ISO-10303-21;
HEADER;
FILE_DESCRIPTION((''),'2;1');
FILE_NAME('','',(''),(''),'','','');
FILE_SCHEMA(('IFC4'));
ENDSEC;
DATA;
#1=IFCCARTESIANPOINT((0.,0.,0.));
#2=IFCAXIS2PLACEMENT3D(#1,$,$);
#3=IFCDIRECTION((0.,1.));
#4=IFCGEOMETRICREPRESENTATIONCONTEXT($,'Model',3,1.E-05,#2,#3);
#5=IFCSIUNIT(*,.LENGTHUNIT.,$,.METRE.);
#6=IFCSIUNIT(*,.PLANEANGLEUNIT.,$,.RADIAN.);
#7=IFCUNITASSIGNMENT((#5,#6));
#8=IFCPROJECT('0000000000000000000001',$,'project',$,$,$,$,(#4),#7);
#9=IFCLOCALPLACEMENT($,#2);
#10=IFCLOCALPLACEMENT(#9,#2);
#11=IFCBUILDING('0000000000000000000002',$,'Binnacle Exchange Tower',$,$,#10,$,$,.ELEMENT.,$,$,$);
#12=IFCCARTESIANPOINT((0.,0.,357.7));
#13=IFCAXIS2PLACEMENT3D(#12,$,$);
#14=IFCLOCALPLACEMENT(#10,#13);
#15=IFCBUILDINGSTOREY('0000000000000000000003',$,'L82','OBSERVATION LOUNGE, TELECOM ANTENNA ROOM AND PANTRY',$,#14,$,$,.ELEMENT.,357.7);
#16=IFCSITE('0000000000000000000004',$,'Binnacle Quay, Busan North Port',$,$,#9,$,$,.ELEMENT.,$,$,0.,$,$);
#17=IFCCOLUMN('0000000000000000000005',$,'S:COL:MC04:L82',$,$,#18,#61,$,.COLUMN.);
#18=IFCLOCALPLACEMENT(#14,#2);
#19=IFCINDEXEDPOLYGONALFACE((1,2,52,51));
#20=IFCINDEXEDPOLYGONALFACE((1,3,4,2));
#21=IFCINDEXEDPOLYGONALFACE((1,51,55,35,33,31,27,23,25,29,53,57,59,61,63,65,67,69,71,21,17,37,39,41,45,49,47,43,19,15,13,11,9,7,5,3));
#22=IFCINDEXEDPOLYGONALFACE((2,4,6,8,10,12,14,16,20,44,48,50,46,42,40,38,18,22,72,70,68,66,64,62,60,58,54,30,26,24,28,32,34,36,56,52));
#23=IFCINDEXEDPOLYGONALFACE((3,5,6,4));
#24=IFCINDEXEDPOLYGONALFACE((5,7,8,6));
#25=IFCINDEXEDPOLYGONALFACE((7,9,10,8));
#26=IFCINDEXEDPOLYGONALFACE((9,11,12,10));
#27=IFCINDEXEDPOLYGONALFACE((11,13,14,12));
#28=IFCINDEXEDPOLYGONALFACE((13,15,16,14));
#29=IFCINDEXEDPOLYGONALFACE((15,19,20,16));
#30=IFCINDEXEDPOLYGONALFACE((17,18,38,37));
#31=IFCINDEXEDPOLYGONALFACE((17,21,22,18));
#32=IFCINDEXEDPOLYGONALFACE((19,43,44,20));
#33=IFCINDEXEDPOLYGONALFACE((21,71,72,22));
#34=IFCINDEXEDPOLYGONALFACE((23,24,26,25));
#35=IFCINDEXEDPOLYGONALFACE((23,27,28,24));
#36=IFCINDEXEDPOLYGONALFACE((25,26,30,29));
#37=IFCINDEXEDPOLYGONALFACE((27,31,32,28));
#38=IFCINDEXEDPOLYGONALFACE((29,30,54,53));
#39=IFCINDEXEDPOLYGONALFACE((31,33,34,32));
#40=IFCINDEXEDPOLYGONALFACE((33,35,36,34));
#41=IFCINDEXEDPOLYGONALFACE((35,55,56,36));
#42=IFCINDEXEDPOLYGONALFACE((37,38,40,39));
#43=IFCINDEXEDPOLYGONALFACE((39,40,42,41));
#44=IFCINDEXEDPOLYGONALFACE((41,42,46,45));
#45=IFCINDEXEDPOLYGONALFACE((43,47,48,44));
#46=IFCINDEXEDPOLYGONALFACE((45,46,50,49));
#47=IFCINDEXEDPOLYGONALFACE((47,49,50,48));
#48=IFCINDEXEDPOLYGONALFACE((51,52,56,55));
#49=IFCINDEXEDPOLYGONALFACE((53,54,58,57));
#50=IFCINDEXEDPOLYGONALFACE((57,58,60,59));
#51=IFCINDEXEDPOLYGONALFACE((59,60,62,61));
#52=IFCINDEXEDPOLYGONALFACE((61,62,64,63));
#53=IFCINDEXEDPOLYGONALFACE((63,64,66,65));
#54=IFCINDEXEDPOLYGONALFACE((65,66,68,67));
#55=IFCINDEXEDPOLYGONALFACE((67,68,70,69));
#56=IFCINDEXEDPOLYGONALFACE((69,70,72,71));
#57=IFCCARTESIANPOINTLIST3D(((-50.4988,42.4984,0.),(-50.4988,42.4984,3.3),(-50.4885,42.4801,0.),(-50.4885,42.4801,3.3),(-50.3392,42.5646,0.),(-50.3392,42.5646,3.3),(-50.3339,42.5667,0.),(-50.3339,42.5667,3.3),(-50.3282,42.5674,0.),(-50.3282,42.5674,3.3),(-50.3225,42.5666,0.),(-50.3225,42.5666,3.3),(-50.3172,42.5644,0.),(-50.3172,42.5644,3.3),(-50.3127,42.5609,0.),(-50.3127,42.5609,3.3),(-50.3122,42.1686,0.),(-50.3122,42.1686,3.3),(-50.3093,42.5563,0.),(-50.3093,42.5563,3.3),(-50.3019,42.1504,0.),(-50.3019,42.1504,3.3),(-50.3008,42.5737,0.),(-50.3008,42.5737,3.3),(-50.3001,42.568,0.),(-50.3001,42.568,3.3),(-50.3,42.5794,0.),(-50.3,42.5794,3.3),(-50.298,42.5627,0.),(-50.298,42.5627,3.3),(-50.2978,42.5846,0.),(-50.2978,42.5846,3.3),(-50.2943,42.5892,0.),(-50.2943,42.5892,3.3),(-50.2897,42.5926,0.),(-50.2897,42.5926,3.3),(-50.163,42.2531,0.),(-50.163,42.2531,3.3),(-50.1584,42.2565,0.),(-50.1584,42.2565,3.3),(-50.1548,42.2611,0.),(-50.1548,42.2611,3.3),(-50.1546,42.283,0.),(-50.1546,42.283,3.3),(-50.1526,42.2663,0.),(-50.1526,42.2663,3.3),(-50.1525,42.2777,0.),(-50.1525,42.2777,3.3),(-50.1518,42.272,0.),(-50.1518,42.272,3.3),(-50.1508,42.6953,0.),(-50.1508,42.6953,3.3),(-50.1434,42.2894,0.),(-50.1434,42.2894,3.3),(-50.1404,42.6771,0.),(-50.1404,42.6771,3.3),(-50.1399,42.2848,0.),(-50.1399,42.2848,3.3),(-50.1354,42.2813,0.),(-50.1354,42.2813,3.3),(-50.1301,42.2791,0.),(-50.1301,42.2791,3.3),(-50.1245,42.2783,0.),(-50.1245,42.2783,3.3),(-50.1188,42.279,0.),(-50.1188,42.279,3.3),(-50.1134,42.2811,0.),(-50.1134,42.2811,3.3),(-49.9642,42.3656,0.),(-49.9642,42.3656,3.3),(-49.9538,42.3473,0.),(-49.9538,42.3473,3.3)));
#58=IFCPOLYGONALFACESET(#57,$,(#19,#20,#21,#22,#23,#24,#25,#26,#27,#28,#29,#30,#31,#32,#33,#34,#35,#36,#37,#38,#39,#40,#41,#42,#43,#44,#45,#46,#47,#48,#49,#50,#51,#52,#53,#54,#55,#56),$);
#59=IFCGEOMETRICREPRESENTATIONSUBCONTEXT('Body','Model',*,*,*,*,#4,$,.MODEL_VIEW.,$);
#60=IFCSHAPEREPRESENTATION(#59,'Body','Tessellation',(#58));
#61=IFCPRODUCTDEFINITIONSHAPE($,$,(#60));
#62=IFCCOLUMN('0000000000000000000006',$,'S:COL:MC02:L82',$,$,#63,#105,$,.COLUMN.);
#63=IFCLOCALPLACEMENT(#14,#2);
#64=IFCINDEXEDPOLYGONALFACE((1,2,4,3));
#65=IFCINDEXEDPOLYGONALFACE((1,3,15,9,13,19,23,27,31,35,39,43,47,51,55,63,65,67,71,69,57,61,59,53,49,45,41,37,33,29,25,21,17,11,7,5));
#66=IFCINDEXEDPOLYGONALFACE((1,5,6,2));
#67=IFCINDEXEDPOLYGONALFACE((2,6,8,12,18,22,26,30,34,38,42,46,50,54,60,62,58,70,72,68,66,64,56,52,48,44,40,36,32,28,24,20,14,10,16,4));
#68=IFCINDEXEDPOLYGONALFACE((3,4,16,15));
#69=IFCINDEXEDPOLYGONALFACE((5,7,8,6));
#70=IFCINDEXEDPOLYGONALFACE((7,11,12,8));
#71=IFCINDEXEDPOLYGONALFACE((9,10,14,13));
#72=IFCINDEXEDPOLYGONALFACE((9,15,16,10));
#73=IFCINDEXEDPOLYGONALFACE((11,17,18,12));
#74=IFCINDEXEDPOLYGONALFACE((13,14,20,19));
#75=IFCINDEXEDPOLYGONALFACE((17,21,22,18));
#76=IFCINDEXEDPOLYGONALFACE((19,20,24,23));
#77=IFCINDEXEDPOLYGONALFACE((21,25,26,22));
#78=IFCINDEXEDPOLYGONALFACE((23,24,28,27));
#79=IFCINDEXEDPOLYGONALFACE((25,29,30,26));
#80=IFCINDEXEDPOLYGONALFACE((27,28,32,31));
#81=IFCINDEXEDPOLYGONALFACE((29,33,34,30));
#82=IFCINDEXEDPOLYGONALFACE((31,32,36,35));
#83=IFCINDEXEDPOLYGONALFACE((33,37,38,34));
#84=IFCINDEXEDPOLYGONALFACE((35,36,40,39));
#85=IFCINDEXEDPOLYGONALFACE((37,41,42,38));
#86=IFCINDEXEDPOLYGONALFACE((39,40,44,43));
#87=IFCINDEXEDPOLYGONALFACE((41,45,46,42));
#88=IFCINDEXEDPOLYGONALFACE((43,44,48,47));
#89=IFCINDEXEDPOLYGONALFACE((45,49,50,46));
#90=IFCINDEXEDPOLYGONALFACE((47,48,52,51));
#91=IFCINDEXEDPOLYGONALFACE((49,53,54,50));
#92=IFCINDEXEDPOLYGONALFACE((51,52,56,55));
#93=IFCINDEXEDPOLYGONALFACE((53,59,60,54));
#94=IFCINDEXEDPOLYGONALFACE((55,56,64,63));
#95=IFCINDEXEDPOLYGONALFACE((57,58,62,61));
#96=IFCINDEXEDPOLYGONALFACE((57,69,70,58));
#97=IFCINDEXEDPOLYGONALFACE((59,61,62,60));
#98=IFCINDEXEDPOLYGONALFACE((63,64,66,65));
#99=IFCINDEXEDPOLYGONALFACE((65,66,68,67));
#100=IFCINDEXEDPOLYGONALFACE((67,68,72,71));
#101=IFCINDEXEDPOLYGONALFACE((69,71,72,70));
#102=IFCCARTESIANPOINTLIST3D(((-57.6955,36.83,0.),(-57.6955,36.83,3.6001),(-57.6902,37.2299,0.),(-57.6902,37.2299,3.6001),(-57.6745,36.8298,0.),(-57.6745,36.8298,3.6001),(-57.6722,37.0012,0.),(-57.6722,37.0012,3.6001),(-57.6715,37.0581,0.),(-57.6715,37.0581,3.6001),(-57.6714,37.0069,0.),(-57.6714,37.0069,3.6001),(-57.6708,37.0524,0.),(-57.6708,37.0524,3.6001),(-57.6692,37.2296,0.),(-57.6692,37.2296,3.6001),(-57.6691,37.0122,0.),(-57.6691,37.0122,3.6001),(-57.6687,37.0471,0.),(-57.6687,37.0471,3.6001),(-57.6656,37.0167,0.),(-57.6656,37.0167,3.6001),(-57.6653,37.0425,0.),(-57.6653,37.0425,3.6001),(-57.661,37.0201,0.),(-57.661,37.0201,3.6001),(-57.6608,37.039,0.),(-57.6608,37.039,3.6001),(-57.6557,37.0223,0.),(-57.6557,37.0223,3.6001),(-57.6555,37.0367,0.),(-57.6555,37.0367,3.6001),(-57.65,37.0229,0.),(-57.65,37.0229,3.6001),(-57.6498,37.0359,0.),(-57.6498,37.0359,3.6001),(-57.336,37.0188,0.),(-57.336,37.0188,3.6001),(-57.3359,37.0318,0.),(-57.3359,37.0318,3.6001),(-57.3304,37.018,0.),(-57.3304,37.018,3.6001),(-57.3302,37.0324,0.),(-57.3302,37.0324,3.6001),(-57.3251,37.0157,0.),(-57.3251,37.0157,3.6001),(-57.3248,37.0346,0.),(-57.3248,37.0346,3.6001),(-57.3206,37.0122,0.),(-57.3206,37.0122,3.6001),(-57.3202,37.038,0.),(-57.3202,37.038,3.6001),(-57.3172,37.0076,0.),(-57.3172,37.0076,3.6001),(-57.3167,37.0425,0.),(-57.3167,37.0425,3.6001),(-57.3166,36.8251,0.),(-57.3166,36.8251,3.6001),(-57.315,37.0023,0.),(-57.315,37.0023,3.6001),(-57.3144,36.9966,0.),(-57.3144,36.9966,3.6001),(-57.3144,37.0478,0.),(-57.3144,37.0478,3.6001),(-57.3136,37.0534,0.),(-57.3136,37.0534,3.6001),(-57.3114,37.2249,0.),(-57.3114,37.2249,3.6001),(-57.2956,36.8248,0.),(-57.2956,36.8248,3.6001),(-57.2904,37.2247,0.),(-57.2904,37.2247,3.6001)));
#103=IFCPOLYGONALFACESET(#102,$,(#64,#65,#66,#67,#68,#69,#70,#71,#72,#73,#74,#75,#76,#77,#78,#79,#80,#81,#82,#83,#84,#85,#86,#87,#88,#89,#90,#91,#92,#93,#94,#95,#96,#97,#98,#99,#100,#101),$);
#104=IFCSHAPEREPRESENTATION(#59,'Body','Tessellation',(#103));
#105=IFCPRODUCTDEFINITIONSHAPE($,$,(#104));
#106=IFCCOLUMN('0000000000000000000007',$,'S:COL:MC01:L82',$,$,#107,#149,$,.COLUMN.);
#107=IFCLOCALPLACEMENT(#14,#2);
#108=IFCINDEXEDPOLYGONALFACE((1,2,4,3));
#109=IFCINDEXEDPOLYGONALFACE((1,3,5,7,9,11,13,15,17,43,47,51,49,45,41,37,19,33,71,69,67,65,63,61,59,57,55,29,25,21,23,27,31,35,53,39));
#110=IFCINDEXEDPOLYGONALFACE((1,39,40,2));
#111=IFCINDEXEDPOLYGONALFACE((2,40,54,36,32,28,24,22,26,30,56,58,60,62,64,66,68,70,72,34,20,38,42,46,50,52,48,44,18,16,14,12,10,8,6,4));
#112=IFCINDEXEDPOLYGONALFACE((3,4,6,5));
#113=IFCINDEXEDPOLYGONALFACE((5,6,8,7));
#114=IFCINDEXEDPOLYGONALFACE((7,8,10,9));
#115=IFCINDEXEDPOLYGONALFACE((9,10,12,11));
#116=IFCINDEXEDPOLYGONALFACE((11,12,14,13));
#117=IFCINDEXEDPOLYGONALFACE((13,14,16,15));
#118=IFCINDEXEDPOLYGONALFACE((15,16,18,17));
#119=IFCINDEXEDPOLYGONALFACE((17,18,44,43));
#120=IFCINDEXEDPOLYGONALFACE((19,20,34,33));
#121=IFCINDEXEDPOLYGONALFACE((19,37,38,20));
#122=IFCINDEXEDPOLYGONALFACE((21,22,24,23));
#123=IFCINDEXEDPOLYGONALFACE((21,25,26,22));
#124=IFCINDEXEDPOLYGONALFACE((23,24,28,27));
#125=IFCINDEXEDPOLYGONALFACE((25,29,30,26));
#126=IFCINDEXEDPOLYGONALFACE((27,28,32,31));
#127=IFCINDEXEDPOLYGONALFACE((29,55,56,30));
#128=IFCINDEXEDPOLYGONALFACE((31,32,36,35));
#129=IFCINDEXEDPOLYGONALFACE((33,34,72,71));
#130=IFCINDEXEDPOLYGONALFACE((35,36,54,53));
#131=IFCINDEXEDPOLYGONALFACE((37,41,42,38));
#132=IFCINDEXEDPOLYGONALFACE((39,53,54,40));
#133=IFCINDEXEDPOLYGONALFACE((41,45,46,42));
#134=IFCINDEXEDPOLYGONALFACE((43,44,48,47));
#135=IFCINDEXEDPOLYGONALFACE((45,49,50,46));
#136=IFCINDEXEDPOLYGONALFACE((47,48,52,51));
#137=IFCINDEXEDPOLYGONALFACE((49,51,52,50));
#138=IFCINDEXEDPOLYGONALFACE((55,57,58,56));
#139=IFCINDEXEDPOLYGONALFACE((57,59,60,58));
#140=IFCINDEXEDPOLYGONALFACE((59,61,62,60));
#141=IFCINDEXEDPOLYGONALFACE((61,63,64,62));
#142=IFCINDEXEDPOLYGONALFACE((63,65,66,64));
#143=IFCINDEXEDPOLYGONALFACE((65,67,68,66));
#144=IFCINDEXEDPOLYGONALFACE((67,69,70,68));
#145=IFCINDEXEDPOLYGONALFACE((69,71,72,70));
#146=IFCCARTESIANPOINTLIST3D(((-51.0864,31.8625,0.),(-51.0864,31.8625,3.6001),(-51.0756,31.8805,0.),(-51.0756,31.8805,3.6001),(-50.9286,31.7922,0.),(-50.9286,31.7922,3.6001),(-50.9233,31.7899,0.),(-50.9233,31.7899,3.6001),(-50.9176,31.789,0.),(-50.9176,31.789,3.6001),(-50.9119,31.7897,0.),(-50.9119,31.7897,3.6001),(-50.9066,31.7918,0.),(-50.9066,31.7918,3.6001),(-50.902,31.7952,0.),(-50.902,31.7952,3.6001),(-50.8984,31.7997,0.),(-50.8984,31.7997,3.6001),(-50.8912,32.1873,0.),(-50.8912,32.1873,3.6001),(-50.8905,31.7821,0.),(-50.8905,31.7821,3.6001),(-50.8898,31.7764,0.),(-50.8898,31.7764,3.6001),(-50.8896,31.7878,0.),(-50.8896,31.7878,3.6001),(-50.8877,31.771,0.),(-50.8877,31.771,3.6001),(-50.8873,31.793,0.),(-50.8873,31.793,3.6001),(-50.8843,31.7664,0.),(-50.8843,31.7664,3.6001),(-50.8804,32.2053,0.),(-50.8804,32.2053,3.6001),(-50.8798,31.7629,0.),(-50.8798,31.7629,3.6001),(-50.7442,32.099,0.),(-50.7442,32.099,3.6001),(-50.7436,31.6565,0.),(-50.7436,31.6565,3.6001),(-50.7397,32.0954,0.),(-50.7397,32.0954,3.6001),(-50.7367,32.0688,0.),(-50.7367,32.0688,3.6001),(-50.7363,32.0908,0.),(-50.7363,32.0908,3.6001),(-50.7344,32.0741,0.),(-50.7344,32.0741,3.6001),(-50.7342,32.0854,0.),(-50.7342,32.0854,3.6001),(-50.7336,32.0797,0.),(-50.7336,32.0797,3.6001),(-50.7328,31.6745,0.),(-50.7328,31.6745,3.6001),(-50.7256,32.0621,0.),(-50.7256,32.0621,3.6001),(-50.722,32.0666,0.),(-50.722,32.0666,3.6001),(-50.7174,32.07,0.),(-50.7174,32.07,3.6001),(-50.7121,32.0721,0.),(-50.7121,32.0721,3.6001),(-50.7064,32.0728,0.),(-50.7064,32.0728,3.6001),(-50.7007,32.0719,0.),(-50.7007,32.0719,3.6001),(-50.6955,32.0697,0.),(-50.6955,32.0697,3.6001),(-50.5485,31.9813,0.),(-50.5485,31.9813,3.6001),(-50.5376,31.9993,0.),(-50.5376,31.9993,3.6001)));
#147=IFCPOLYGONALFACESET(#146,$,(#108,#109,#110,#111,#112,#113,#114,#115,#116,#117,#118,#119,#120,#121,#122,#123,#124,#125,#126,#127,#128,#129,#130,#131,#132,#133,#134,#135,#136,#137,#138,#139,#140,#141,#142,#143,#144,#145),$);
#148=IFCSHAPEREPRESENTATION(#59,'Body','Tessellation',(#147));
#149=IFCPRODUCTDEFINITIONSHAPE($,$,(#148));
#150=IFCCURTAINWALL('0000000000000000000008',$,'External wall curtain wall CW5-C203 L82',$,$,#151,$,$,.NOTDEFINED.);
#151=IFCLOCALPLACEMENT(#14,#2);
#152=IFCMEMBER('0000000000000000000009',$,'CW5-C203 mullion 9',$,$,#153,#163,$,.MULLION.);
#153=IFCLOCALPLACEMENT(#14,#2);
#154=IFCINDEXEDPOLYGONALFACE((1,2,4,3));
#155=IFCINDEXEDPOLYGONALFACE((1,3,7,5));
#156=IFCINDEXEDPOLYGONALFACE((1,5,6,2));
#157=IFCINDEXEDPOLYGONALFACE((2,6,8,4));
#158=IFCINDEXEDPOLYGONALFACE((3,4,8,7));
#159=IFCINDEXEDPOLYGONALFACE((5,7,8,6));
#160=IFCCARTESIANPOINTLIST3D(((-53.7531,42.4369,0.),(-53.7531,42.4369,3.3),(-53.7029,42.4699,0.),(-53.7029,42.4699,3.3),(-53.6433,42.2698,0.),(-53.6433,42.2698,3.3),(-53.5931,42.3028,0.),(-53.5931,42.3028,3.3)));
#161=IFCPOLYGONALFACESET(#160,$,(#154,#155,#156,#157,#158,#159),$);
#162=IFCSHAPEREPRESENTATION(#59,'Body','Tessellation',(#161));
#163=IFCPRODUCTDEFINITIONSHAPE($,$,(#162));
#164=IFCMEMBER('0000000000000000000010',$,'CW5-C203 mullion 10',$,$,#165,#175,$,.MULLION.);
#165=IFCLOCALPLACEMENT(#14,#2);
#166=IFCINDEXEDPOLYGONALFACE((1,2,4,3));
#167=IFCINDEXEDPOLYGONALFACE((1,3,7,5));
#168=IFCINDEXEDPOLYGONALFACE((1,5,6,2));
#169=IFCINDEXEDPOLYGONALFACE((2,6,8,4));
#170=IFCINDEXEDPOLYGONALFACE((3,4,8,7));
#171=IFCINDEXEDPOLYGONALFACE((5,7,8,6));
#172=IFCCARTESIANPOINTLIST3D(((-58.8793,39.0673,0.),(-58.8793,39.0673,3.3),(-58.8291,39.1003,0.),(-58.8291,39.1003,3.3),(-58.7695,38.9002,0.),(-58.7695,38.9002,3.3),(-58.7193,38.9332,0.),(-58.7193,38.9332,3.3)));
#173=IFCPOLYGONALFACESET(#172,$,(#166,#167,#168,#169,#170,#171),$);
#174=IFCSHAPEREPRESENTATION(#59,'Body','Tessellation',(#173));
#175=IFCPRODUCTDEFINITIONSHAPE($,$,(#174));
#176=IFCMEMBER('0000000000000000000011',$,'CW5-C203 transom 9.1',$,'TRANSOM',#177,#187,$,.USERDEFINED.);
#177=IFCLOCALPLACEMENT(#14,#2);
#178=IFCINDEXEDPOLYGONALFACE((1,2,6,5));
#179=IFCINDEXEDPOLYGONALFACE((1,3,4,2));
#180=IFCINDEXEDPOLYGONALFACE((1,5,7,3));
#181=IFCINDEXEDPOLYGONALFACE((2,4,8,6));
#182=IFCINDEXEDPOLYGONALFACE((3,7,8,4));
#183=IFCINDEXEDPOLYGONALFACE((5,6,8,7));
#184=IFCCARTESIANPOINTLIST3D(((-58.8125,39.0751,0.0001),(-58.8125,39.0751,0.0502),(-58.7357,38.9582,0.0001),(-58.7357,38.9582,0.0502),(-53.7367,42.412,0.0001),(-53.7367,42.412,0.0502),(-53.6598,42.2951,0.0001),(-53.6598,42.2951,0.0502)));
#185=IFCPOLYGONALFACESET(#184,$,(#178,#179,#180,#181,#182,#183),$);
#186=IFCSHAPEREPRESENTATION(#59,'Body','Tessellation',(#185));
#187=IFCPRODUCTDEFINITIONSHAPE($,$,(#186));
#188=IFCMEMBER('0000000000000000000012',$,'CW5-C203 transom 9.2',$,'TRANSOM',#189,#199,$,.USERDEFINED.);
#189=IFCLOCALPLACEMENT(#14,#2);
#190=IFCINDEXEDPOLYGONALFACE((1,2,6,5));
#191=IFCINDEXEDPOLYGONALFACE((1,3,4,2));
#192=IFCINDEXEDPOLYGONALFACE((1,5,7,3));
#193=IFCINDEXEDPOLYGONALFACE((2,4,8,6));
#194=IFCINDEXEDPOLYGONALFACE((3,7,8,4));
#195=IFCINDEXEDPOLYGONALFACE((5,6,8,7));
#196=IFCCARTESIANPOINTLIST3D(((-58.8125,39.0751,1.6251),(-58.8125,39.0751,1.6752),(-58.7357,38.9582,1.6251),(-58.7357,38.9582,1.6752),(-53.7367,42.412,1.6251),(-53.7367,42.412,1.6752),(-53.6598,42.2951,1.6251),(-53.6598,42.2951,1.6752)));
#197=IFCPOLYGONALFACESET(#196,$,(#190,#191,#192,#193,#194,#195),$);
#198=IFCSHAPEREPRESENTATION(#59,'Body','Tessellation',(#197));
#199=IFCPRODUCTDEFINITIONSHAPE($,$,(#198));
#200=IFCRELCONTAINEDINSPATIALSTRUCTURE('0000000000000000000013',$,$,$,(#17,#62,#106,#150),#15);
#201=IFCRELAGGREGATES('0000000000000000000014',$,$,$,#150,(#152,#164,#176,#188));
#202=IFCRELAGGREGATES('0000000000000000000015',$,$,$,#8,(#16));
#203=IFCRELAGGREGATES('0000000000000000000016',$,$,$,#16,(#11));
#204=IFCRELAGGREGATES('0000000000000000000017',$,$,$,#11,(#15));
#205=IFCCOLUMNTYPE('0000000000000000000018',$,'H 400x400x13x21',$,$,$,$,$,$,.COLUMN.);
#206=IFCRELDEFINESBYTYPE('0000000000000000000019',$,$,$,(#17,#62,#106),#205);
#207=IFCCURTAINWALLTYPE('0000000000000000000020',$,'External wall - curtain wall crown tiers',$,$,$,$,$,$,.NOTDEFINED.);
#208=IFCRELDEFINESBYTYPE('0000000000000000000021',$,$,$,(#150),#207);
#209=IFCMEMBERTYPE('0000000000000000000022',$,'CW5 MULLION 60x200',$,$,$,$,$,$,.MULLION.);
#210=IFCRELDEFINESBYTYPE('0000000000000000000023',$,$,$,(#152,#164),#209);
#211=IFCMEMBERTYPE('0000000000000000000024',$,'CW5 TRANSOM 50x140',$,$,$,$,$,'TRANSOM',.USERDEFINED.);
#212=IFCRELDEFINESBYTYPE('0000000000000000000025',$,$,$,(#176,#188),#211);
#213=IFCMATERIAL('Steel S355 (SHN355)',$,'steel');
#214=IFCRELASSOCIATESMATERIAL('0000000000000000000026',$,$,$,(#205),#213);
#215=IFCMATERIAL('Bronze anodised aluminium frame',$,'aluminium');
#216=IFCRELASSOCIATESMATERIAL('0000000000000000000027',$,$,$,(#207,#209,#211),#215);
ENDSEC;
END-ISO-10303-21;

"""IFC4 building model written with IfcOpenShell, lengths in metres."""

from ifc_helpers import new_model, si_unit, direction, frame, origin, origin_2d, place, context, subcontext, project, spatial, rectangle, i_section, extrude, material, material_profile, profile_set, type_object, element, aggregate, save


model = new_model("IFC4")

# Units and contexts
model_context = context("Model", 3, precision=1e-05, world=origin(), true_north=direction((0.0, 1.0)))
body_context = subcontext(model_context, "Body", "Model", "MODEL_VIEW")
ifc_project = project(units=[si_unit("LENGTHUNIT", "METRE"), si_unit("PLANEANGLEUNIT", "RADIAN")], contexts=[model_context])

# Site, building, storey
site_placement = place(None, origin())
site = spatial("IfcSite", under=ifc_project, at=site_placement, Name="Binnacle Quay, Busan North Port", CompositionType="ELEMENT", RefElevation=0.0)
building_placement = place(site_placement, origin())
building = spatial("IfcBuilding", under=site, at=building_placement, Name="Binnacle Exchange Tower", CompositionType="ELEMENT")
storey_placement = place(building_placement, frame((0.0, 0.0, 357.7)))
storey = spatial("IfcBuildingStorey", under=building, at=storey_placement, Name="L82", Description="OBSERVATION LOUNGE, TELECOM ANTENNA ROOM AND PANTRY", CompositionType="ELEMENT", Elevation=357.7)

# Columns
ifc_material_1 = material(Name="Steel S355 (SHN355)", Category="steel")
ifc_material_profile_1 = material_profile(ifc_material_1, i_section(OverallWidth=0.3999, OverallDepth=0.3999, WebThickness=0.0129, FlangeThickness=0.021, FilletRadius=0.022, at=origin_2d()), Name="H 400x400x13x21")
ifc_profile_set_1 = profile_set([ifc_material_profile_1], Name="Steel S355 (SHN355)")
column_type = type_object("IfcColumnType", Name="H 400x400x13x21", PredefinedType="COLUMN", material=ifc_profile_set_1)
column_placement = place(storey_placement, frame((-50.2263, 42.4229, 0.0), z_axis=(0.0, 0.0, 1.0), x_axis=(-0.870356, -0.492424, 0.0)))
element("IfcColumn", 1, at=column_placement, inside=storey, type_object=column_type, Name="S:COL:MC04:L82", PredefinedType="COLUMN", context=body_context, shape_type="SweptSolid", body=[
    extrude(i_section(OverallWidth=0.3999, OverallDepth=0.3999, WebThickness=0.0129, FlangeThickness=0.021, FilletRadius=0.022, at=origin_2d()), origin(), (0.0, 0.0, 1.0), 3.3),
])
for number, where, z_axis, x_axis, name in (
    (2, (-57.4929, 37.0273, 0.0), (0.0, 0.0, 1.0), (-0.01309, -0.999914, 0.0), "S:COL:MC02:L82"),
    (3, (-50.812, 31.9309, 0.0), (0.0, 0.0, 1.0), (0.857167, -0.515038, 0.0), "S:COL:MC01:L82"),
):
    element("IfcColumn", number, at=place(storey_placement, frame(where, z_axis=z_axis, x_axis=x_axis)), inside=storey, type_object=column_type, Name=name, PredefinedType="COLUMN", context=body_context, shape_type="SweptSolid", body=[
        extrude(i_section(OverallWidth=0.3999, OverallDepth=0.3999, WebThickness=0.0129, FlangeThickness=0.021, FilletRadius=0.022, at=origin_2d()), origin(), (0.0, 0.0, 1.0), 3.6001),
    ])

# Curtain wall, members
ifc_material_2 = material(Name="Bronze anodised aluminium frame", Category="aluminium")
curtain_wall_type = type_object("IfcCurtainWallType", Name="External wall - curtain wall crown tiers", PredefinedType="NOTDEFINED", material=ifc_material_2)
curtain_wall_placement = place(storey_placement, origin())
curtain_wall = element("IfcCurtainWall", 4, at=curtain_wall_placement, inside=storey, type_object=curtain_wall_type, Name="External wall curtain wall CW5-C203 L82", PredefinedType="NOTDEFINED")
ifc_material_profile_2 = material_profile(ifc_material_2, rectangle(XDim=0.2, YDim=0.0601, at=origin_2d()), Name="AL 60x200")
ifc_profile_set_2 = profile_set([ifc_material_profile_2], Name="Bronze anodised aluminium frame")
member_type_1 = type_object("IfcMemberType", Name="CW5 MULLION 60x200", PredefinedType="MULLION", material=ifc_profile_set_2)
member_1_placement = place(storey_placement, frame((-53.6731, 42.3699, 0.0), z_axis=(0.0, 0.0, 1.0), x_axis=(0.54931, -0.835618, 0.0)))
member_1 = element("IfcMember", 5, at=member_1_placement, type_object=member_type_1, Name="CW5-C203 mullion 9", PredefinedType="MULLION", context=body_context, shape_type="SweptSolid", body=[
    extrude(rectangle(XDim=0.2, YDim=0.0601, at=origin_2d()), origin(), (0.0, 0.0, 1.0), 3.3),
])
member_2_placement = place(storey_placement, frame((-58.7993, 39.0002, 0.0), z_axis=(0.0, 0.0, 1.0), x_axis=(0.54931, -0.835618, 0.0)))
member_2 = element("IfcMember", 6, at=member_2_placement, type_object=member_type_1, Name="CW5-C203 mullion 10", PredefinedType="MULLION", context=body_context, shape_type="SweptSolid", body=[
    extrude(rectangle(XDim=0.2, YDim=0.0601, at=origin_2d()), origin(), (0.0, 0.0, 1.0), 3.3),
])
ifc_material_profile_3 = material_profile(ifc_material_2, rectangle(XDim=0.1399, YDim=0.05, at=origin_2d()), Name="AL 140x50")
ifc_profile_set_3 = profile_set([ifc_material_profile_3], Name="Bronze anodised aluminium frame")
member_type_2 = type_object("IfcMemberType", Name="CW5 TRANSOM 50x140", ElementType="TRANSOM", PredefinedType="USERDEFINED", material=ifc_profile_set_3)
member_3_placement = place(storey_placement, frame((-53.6982, 42.3535, 0.0251), z_axis=(-0.835607, -0.549328, 0.0), x_axis=(0.549328, -0.835607, 0.0)))
member_3 = element("IfcMember", 7, at=member_3_placement, type_object=member_type_2, Name="CW5-C203 transom 9.1", ObjectType="TRANSOM", PredefinedType="USERDEFINED", context=body_context, shape_type="SweptSolid", body=[
    extrude(rectangle(XDim=0.1399, YDim=0.05, at=origin_2d()), origin(), (0.0, 0.0, 1.0), 6.0745),
])
member_4_placement = place(storey_placement, frame((-53.6982, 42.3535, 1.6501), z_axis=(-0.835607, -0.549328, 0.0), x_axis=(0.549328, -0.835607, 0.0)))
member_4 = element("IfcMember", 8, at=member_4_placement, type_object=member_type_2, Name="CW5-C203 transom 9.2", ObjectType="TRANSOM", PredefinedType="USERDEFINED", context=body_context, shape_type="SweptSolid", body=[
    extrude(rectangle(XDim=0.1399, YDim=0.05, at=origin_2d()), origin(), (0.0, 0.0, 1.0), 6.0745),
])

aggregate(curtain_wall, [member_1, member_2, member_3, member_4])

save(model, "model.ifc")
